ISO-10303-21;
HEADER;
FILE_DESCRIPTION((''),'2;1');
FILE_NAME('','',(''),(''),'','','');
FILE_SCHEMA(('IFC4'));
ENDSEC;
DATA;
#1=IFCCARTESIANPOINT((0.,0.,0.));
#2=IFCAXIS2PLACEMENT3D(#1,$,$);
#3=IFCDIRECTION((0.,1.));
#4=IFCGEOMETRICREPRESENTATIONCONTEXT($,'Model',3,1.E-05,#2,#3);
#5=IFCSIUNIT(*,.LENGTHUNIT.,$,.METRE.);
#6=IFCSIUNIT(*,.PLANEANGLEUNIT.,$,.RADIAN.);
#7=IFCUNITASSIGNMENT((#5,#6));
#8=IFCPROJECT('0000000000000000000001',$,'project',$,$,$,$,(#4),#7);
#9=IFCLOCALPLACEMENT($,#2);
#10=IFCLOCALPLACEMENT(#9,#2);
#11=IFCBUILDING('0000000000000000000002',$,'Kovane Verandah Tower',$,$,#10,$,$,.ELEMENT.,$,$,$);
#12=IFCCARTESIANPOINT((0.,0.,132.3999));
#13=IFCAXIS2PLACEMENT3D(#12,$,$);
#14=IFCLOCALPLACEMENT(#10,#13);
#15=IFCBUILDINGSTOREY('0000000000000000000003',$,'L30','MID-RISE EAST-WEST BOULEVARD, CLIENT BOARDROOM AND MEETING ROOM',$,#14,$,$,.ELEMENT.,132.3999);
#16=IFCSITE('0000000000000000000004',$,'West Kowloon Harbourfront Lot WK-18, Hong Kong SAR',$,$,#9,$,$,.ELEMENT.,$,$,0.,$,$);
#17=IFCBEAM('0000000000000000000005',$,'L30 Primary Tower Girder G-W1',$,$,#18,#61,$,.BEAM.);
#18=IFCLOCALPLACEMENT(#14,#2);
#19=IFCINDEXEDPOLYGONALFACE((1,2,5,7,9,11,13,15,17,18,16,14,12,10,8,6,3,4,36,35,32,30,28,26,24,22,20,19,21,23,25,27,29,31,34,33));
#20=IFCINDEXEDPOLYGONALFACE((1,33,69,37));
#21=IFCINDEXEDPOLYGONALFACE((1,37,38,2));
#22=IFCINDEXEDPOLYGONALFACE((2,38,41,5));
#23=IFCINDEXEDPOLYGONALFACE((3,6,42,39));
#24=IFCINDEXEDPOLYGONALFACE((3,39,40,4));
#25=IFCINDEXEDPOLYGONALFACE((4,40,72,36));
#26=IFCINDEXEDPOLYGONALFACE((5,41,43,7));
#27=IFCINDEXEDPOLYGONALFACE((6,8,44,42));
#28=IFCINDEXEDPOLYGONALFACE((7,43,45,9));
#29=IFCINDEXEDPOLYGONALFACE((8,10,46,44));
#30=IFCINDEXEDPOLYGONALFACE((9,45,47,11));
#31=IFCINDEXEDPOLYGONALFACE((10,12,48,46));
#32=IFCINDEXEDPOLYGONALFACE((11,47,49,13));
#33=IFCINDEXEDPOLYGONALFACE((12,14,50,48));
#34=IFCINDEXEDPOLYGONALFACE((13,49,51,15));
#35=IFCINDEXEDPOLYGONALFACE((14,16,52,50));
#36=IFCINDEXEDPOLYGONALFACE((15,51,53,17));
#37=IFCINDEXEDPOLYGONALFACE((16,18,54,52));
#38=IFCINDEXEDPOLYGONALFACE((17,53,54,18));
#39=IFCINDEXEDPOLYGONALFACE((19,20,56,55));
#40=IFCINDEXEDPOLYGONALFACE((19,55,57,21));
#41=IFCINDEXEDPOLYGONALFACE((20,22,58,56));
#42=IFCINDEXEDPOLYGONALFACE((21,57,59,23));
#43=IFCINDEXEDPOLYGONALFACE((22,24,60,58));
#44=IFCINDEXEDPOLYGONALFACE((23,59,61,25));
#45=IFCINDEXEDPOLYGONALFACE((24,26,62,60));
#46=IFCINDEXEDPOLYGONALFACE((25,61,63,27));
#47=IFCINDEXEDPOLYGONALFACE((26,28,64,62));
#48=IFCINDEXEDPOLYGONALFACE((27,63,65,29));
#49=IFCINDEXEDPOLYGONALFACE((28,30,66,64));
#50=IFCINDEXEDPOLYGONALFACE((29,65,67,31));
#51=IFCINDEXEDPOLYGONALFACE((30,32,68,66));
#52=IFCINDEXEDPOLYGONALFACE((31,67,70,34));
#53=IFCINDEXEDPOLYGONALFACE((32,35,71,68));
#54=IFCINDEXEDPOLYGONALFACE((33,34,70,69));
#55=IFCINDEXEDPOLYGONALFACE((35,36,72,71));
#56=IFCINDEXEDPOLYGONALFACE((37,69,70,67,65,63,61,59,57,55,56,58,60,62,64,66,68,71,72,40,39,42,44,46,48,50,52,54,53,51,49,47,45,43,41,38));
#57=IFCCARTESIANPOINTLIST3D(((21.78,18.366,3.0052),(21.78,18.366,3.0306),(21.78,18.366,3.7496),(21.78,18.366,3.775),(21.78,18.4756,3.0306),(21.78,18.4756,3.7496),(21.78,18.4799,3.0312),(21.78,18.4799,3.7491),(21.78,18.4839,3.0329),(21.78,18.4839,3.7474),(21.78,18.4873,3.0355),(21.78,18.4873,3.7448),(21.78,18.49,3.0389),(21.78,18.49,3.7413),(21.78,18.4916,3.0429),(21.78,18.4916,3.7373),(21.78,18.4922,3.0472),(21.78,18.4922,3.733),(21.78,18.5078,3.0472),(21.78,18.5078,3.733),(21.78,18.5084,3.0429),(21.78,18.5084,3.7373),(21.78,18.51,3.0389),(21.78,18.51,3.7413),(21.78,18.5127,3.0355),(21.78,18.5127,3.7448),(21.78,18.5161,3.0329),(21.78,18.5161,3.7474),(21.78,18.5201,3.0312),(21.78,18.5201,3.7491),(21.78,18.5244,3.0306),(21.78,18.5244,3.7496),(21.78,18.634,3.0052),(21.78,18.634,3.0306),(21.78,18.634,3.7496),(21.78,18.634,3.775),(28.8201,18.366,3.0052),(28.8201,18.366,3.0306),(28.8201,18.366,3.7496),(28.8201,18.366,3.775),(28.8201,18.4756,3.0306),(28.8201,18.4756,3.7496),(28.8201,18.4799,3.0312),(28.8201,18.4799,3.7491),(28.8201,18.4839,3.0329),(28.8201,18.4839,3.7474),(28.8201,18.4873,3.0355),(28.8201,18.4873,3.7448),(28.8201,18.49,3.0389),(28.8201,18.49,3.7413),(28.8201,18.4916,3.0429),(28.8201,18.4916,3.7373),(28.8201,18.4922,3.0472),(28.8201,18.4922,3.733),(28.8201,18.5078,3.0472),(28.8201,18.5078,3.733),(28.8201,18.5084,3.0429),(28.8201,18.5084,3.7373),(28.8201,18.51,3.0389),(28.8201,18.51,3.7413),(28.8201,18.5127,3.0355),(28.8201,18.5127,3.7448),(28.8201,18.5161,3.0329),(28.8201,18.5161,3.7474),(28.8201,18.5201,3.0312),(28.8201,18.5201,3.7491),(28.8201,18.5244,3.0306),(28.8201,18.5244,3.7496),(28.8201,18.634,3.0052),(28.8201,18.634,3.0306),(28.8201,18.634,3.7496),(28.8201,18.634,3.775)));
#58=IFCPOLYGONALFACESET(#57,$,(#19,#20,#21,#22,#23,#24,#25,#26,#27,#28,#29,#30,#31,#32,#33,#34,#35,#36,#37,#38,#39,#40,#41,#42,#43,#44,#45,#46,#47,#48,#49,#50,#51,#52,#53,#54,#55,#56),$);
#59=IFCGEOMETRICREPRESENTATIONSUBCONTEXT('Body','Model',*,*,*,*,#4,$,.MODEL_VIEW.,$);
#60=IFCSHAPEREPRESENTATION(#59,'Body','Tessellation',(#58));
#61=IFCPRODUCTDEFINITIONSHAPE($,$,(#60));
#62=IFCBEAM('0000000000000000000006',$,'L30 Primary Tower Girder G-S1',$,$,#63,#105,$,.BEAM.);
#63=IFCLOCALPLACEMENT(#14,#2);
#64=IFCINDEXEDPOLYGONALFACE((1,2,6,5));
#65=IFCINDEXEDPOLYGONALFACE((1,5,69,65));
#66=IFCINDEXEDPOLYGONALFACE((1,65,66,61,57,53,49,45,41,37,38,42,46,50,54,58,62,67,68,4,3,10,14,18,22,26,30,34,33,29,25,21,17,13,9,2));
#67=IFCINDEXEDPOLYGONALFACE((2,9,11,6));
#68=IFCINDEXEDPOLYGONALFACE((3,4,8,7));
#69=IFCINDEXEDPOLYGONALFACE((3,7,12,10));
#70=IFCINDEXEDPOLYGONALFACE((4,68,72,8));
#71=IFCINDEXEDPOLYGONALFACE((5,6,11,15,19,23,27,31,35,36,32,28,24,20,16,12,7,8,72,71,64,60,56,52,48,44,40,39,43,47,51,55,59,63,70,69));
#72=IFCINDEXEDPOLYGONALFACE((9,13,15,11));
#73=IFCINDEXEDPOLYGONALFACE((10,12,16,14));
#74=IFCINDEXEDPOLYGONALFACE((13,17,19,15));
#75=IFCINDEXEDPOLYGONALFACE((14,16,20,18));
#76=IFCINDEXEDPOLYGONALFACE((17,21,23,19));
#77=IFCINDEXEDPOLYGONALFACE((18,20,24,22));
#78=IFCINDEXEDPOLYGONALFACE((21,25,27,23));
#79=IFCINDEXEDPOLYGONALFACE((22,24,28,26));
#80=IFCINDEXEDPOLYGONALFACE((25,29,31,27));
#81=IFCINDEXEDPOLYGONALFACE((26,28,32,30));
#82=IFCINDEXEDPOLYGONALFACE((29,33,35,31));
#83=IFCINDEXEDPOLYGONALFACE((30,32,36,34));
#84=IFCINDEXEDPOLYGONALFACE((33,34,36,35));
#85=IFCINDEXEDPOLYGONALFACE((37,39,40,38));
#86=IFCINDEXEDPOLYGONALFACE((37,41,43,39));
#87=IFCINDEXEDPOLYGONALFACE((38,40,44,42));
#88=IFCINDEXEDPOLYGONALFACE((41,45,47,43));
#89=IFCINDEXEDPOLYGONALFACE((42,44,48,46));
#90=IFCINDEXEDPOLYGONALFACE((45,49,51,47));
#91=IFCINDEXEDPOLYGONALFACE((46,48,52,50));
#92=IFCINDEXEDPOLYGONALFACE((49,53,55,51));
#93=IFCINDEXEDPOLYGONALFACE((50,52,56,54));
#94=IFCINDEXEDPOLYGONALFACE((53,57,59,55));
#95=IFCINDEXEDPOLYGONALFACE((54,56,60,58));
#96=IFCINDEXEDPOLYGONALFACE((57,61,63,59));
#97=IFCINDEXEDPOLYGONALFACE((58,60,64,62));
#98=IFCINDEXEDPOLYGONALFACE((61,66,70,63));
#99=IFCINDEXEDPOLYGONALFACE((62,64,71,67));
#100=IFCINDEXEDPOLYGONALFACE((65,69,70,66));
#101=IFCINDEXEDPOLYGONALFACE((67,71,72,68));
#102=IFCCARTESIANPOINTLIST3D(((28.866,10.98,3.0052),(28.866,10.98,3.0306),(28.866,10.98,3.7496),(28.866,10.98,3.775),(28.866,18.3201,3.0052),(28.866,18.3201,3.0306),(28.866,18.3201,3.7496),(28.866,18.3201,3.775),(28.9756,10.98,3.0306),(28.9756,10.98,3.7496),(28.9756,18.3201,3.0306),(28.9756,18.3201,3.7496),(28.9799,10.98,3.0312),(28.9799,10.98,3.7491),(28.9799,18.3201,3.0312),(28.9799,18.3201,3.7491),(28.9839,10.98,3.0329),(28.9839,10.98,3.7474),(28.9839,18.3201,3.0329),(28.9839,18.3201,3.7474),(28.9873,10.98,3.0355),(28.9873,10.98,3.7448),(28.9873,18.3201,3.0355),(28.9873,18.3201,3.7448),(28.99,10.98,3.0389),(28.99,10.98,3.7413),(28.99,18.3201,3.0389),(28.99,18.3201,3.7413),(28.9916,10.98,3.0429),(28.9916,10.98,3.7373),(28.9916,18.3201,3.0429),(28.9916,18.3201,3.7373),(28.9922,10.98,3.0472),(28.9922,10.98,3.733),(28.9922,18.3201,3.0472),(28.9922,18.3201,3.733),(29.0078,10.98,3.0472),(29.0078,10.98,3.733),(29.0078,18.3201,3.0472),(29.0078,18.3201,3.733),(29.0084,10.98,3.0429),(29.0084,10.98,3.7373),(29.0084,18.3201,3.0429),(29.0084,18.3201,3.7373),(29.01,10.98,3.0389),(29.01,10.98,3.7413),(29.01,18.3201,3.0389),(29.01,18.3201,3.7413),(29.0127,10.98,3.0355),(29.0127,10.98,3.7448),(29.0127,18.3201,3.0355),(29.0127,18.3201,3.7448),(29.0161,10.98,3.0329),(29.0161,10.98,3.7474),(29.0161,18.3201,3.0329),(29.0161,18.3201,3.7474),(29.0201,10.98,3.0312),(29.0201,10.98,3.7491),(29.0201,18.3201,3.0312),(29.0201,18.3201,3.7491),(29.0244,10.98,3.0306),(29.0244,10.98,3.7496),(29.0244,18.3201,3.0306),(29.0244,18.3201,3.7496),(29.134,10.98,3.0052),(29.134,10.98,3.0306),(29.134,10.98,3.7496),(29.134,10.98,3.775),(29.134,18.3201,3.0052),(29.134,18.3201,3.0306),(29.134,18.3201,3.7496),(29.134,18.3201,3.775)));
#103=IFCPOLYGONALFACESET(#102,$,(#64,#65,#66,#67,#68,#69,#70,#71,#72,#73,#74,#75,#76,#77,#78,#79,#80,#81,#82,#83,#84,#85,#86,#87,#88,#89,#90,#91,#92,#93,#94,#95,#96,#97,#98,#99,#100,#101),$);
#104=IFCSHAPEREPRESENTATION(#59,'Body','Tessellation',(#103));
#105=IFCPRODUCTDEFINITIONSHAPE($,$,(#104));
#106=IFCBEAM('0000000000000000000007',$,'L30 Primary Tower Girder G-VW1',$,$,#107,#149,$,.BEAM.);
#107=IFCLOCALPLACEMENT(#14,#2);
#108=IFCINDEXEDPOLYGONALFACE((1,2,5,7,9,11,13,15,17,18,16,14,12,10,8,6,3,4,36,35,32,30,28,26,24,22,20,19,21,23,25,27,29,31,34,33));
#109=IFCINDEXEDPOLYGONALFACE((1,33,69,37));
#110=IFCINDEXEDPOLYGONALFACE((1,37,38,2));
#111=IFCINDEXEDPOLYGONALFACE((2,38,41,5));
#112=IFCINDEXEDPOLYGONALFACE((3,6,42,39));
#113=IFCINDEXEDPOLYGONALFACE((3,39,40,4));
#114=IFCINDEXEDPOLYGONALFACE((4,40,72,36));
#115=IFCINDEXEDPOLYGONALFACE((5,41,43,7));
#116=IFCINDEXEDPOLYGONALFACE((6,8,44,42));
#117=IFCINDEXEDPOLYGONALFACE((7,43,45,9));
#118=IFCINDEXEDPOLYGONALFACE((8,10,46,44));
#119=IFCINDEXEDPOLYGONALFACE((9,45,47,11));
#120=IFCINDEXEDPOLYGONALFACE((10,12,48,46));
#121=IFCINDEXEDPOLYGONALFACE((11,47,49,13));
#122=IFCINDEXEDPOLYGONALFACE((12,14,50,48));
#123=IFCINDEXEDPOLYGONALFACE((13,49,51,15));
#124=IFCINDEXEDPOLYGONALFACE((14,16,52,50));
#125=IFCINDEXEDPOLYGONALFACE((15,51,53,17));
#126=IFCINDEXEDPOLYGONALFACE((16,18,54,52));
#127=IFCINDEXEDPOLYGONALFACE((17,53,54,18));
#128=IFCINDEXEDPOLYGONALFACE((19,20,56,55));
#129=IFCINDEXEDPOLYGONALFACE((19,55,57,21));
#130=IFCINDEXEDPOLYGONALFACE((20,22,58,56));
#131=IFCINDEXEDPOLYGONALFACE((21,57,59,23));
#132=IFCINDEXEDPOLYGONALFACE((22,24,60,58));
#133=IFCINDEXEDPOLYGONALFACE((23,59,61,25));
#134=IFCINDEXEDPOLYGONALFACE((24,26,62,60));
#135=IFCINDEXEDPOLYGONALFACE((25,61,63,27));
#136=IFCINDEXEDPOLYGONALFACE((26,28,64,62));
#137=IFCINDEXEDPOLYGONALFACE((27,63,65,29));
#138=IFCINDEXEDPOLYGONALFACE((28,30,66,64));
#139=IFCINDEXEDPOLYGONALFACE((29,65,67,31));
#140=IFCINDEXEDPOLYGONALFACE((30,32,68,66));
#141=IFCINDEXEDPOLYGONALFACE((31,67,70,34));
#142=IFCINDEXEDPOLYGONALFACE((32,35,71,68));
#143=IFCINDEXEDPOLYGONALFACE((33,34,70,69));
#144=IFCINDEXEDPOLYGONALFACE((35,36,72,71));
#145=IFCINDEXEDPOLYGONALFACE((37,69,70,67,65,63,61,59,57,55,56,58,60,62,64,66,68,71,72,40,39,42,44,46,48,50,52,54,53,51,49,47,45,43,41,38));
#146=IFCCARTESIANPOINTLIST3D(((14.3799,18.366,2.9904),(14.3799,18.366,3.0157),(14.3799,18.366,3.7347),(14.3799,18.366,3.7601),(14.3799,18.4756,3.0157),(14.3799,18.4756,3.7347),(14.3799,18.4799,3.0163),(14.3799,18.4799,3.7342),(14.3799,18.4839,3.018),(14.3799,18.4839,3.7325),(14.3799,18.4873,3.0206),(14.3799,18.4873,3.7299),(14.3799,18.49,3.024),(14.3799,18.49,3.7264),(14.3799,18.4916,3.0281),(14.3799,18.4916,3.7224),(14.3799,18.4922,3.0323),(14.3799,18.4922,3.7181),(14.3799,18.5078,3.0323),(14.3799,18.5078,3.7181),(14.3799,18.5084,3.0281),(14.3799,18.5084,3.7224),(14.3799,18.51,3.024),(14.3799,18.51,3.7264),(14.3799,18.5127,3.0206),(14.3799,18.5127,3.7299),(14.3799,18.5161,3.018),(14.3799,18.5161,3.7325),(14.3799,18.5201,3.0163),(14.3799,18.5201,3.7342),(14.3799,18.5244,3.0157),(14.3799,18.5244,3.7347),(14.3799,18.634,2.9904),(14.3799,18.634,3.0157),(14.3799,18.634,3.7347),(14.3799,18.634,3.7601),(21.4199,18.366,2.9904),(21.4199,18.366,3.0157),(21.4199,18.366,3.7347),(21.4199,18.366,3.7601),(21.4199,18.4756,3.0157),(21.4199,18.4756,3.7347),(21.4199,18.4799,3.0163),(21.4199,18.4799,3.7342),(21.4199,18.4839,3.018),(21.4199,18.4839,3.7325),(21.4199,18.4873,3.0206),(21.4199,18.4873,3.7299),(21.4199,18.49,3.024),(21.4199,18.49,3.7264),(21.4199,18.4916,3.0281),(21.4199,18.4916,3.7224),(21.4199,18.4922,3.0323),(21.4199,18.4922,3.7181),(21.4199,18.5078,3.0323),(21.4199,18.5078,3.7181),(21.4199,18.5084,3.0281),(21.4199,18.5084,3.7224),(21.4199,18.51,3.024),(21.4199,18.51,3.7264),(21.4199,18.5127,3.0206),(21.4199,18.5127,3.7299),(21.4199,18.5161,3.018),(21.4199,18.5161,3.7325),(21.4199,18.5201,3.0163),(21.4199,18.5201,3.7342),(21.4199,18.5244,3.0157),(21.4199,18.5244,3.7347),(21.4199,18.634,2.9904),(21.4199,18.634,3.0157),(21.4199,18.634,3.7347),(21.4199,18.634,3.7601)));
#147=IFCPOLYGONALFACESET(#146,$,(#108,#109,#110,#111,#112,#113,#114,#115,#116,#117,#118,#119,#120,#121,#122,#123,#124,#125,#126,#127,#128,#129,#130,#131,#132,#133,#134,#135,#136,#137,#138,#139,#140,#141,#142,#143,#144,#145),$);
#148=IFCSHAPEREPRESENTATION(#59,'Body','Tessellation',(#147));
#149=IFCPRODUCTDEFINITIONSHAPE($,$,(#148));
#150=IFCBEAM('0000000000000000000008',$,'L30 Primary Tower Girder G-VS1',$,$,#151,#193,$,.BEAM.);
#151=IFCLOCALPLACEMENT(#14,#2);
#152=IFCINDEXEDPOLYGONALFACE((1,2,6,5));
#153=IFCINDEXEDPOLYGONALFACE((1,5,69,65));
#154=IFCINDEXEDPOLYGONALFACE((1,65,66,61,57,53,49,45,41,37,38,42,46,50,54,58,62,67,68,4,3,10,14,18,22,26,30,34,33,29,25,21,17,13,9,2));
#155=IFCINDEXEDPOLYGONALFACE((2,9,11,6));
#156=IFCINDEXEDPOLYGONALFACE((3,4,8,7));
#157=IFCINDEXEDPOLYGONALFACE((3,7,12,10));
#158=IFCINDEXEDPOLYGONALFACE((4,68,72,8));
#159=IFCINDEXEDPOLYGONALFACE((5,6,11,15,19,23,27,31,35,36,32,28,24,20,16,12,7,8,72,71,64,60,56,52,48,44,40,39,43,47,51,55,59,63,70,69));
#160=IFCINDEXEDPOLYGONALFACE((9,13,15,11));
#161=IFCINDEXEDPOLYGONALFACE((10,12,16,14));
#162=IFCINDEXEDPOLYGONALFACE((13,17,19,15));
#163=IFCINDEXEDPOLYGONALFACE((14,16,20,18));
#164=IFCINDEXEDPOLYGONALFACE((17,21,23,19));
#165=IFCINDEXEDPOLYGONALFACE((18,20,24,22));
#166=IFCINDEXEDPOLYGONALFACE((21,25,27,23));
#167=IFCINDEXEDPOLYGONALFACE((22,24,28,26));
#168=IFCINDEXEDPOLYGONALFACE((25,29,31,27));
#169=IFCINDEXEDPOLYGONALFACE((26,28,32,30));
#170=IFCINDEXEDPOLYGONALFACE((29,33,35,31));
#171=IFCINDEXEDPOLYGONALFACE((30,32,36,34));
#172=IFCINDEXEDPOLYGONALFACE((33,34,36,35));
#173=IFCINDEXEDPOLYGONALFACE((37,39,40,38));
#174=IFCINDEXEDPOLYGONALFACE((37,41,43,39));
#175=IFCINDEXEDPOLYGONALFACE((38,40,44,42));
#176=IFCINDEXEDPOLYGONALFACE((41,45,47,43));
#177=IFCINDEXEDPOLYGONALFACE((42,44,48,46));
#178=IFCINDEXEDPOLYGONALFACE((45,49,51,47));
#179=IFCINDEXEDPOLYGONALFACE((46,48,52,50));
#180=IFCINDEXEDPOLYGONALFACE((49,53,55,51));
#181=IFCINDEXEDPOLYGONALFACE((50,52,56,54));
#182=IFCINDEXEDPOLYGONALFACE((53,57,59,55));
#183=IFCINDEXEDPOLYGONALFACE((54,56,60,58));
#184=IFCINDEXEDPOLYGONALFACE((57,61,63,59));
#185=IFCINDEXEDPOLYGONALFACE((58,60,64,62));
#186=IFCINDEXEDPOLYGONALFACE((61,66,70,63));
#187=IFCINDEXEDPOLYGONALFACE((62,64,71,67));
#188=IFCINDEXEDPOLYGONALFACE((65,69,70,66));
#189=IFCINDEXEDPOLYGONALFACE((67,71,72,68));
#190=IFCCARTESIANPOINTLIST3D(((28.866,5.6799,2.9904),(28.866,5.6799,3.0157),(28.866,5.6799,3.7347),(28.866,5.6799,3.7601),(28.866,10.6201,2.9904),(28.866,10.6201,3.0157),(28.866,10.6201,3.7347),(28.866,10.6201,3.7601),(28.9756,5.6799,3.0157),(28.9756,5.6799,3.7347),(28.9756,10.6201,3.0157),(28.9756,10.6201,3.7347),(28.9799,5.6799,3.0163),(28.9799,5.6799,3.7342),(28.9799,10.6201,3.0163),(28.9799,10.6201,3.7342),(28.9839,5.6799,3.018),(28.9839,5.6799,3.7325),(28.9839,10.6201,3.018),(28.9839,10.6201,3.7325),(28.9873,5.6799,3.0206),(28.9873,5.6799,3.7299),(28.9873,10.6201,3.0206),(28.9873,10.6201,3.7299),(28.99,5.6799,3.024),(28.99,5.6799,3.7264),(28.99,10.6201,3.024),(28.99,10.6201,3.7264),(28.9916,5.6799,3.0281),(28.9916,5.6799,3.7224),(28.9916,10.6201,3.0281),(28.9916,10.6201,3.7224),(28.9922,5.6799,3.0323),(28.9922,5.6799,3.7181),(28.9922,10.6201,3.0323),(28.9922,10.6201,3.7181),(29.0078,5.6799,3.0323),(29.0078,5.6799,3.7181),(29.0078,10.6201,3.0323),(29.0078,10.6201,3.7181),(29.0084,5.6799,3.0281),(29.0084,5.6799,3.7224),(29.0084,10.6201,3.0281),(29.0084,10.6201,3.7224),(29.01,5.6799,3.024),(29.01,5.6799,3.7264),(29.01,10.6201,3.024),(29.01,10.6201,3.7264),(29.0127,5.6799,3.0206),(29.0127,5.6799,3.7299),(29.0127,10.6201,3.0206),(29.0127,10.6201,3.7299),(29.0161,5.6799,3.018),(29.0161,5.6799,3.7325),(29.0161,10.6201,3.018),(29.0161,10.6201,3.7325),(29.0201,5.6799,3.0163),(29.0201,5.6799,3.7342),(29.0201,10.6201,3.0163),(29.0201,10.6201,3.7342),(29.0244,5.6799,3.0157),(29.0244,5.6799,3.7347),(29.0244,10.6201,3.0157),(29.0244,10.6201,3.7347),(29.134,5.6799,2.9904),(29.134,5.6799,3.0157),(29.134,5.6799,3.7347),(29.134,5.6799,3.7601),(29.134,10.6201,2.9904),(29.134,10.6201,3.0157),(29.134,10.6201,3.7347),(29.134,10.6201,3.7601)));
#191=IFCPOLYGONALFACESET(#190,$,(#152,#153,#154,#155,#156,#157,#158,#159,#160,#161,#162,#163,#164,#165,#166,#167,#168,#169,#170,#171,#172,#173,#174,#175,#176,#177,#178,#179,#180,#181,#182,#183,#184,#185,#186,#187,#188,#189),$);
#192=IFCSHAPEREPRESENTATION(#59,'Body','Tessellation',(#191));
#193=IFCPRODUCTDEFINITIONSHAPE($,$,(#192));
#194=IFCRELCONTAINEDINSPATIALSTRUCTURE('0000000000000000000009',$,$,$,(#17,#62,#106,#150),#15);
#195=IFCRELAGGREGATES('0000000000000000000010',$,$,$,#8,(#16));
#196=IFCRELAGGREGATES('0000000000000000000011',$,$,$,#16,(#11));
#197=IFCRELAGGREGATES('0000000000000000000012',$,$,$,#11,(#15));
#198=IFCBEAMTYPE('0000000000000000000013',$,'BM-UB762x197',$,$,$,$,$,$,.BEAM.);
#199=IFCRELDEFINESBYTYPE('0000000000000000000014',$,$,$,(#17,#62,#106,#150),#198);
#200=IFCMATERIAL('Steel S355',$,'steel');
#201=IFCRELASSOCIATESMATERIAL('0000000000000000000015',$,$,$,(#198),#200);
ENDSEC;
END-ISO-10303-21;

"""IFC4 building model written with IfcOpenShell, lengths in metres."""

from ifc_helpers import new_model, si_unit, direction, frame, origin, origin_2d, place, context, subcontext, project, spatial, i_section, extrude, material, material_profile, profile_set, type_object, element, save


model = new_model("IFC4")

# Units and contexts
model_context = context("Model", 3, precision=1e-05, world=origin(), true_north=direction((0.0, 1.0)))
body_context = subcontext(model_context, "Body", "Model", "MODEL_VIEW")
ifc_project = project(units=[si_unit("LENGTHUNIT", "METRE"), si_unit("PLANEANGLEUNIT", "RADIAN")], contexts=[model_context])

# Site, building, storey
site_placement = place(None, origin())
site = spatial("IfcSite", under=ifc_project, at=site_placement, Name="West Kowloon Harbourfront Lot WK-18, Hong Kong SAR", CompositionType="ELEMENT", RefElevation=0.0)
building_placement = place(site_placement, origin())
building = spatial("IfcBuilding", under=site, at=building_placement, Name="Kovane Verandah Tower", CompositionType="ELEMENT")
storey_placement = place(building_placement, frame((0.0, 0.0, 132.3999)))
storey = spatial("IfcBuildingStorey", under=building, at=storey_placement, Name="L30", Description="MID-RISE EAST-WEST BOULEVARD, CLIENT BOARDROOM AND MEETING ROOM", CompositionType="ELEMENT", Elevation=132.3999)

# Beams
ifc_material_1 = material(Name="Steel S355", Category="steel")
ifc_material_profile_1 = material_profile(ifc_material_1, i_section(OverallWidth=0.2681, OverallDepth=0.7698, WebThickness=0.0156, FlangeThickness=0.0254, FilletRadius=0.0166, at=origin_2d()), Name="UB762x267x197")
ifc_profile_set_1 = profile_set([ifc_material_profile_1], Name="Steel S355")
beam_type_1 = type_object("IfcBeamType", Name="BM-UB762x197", PredefinedType="BEAM", material=ifc_profile_set_1)
beam_1_placement = place(storey_placement, frame((28.8201, 18.5, 3.3901), z_axis=(-1.0, 0.0, 0.0), x_axis=(0.0, -1.0, 0.0)))
element("IfcBeam", 1, at=beam_1_placement, inside=storey, type_object=beam_type_1, Name="L30 Primary Tower Girder G-W1", PredefinedType="BEAM", context=body_context, shape_type="SweptSolid", body=[
    extrude(i_section(OverallWidth=0.2681, OverallDepth=0.7698, WebThickness=0.0156, FlangeThickness=0.0254, FilletRadius=0.0166, at=origin_2d()), origin(), (0.0, 0.0, 1.0), 7.04),
])
beam_2_placement = place(storey_placement, frame((29.0, 18.3201, 3.3901), z_axis=(0.0, -1.0, 0.0), x_axis=(1.0, 0.0, 0.0)))
element("IfcBeam", 2, at=beam_2_placement, inside=storey, type_object=beam_type_1, Name="L30 Primary Tower Girder G-S1", PredefinedType="BEAM", context=body_context, shape_type="SweptSolid", body=[
    extrude(i_section(OverallWidth=0.2681, OverallDepth=0.7698, WebThickness=0.0156, FlangeThickness=0.0254, FilletRadius=0.0166, at=origin_2d()), origin(), (0.0, 0.0, 1.0), 7.3401),
])
beam_3_placement = place(storey_placement, frame((21.4199, 18.5, 3.3752), z_axis=(-1.0, 0.0, 0.0), x_axis=(0.0, -1.0, 0.0)))
element("IfcBeam", 3, at=beam_3_placement, inside=storey, type_object=beam_type_1, Name="L30 Primary Tower Girder G-VW1", PredefinedType="BEAM", context=body_context, shape_type="SweptSolid", body=[
    extrude(i_section(OverallWidth=0.2681, OverallDepth=0.7698, WebThickness=0.0156, FlangeThickness=0.0254, FilletRadius=0.0166, at=origin_2d()), origin(), (0.0, 0.0, 1.0), 7.04),
])
beam_4_placement = place(storey_placement, frame((29.0, 10.6201, 3.3752), z_axis=(0.0, -1.0, 0.0), x_axis=(1.0, 0.0, 0.0)))
element("IfcBeam", 4, at=beam_4_placement, inside=storey, type_object=beam_type_1, Name="L30 Primary Tower Girder G-VS1", PredefinedType="BEAM", context=body_context, shape_type="SweptSolid", body=[
    extrude(i_section(OverallWidth=0.2681, OverallDepth=0.7698, WebThickness=0.0156, FlangeThickness=0.0254, FilletRadius=0.0166, at=origin_2d()), origin(), (0.0, 0.0, 1.0), 4.9402),
])

save(model, "model.ifc")
